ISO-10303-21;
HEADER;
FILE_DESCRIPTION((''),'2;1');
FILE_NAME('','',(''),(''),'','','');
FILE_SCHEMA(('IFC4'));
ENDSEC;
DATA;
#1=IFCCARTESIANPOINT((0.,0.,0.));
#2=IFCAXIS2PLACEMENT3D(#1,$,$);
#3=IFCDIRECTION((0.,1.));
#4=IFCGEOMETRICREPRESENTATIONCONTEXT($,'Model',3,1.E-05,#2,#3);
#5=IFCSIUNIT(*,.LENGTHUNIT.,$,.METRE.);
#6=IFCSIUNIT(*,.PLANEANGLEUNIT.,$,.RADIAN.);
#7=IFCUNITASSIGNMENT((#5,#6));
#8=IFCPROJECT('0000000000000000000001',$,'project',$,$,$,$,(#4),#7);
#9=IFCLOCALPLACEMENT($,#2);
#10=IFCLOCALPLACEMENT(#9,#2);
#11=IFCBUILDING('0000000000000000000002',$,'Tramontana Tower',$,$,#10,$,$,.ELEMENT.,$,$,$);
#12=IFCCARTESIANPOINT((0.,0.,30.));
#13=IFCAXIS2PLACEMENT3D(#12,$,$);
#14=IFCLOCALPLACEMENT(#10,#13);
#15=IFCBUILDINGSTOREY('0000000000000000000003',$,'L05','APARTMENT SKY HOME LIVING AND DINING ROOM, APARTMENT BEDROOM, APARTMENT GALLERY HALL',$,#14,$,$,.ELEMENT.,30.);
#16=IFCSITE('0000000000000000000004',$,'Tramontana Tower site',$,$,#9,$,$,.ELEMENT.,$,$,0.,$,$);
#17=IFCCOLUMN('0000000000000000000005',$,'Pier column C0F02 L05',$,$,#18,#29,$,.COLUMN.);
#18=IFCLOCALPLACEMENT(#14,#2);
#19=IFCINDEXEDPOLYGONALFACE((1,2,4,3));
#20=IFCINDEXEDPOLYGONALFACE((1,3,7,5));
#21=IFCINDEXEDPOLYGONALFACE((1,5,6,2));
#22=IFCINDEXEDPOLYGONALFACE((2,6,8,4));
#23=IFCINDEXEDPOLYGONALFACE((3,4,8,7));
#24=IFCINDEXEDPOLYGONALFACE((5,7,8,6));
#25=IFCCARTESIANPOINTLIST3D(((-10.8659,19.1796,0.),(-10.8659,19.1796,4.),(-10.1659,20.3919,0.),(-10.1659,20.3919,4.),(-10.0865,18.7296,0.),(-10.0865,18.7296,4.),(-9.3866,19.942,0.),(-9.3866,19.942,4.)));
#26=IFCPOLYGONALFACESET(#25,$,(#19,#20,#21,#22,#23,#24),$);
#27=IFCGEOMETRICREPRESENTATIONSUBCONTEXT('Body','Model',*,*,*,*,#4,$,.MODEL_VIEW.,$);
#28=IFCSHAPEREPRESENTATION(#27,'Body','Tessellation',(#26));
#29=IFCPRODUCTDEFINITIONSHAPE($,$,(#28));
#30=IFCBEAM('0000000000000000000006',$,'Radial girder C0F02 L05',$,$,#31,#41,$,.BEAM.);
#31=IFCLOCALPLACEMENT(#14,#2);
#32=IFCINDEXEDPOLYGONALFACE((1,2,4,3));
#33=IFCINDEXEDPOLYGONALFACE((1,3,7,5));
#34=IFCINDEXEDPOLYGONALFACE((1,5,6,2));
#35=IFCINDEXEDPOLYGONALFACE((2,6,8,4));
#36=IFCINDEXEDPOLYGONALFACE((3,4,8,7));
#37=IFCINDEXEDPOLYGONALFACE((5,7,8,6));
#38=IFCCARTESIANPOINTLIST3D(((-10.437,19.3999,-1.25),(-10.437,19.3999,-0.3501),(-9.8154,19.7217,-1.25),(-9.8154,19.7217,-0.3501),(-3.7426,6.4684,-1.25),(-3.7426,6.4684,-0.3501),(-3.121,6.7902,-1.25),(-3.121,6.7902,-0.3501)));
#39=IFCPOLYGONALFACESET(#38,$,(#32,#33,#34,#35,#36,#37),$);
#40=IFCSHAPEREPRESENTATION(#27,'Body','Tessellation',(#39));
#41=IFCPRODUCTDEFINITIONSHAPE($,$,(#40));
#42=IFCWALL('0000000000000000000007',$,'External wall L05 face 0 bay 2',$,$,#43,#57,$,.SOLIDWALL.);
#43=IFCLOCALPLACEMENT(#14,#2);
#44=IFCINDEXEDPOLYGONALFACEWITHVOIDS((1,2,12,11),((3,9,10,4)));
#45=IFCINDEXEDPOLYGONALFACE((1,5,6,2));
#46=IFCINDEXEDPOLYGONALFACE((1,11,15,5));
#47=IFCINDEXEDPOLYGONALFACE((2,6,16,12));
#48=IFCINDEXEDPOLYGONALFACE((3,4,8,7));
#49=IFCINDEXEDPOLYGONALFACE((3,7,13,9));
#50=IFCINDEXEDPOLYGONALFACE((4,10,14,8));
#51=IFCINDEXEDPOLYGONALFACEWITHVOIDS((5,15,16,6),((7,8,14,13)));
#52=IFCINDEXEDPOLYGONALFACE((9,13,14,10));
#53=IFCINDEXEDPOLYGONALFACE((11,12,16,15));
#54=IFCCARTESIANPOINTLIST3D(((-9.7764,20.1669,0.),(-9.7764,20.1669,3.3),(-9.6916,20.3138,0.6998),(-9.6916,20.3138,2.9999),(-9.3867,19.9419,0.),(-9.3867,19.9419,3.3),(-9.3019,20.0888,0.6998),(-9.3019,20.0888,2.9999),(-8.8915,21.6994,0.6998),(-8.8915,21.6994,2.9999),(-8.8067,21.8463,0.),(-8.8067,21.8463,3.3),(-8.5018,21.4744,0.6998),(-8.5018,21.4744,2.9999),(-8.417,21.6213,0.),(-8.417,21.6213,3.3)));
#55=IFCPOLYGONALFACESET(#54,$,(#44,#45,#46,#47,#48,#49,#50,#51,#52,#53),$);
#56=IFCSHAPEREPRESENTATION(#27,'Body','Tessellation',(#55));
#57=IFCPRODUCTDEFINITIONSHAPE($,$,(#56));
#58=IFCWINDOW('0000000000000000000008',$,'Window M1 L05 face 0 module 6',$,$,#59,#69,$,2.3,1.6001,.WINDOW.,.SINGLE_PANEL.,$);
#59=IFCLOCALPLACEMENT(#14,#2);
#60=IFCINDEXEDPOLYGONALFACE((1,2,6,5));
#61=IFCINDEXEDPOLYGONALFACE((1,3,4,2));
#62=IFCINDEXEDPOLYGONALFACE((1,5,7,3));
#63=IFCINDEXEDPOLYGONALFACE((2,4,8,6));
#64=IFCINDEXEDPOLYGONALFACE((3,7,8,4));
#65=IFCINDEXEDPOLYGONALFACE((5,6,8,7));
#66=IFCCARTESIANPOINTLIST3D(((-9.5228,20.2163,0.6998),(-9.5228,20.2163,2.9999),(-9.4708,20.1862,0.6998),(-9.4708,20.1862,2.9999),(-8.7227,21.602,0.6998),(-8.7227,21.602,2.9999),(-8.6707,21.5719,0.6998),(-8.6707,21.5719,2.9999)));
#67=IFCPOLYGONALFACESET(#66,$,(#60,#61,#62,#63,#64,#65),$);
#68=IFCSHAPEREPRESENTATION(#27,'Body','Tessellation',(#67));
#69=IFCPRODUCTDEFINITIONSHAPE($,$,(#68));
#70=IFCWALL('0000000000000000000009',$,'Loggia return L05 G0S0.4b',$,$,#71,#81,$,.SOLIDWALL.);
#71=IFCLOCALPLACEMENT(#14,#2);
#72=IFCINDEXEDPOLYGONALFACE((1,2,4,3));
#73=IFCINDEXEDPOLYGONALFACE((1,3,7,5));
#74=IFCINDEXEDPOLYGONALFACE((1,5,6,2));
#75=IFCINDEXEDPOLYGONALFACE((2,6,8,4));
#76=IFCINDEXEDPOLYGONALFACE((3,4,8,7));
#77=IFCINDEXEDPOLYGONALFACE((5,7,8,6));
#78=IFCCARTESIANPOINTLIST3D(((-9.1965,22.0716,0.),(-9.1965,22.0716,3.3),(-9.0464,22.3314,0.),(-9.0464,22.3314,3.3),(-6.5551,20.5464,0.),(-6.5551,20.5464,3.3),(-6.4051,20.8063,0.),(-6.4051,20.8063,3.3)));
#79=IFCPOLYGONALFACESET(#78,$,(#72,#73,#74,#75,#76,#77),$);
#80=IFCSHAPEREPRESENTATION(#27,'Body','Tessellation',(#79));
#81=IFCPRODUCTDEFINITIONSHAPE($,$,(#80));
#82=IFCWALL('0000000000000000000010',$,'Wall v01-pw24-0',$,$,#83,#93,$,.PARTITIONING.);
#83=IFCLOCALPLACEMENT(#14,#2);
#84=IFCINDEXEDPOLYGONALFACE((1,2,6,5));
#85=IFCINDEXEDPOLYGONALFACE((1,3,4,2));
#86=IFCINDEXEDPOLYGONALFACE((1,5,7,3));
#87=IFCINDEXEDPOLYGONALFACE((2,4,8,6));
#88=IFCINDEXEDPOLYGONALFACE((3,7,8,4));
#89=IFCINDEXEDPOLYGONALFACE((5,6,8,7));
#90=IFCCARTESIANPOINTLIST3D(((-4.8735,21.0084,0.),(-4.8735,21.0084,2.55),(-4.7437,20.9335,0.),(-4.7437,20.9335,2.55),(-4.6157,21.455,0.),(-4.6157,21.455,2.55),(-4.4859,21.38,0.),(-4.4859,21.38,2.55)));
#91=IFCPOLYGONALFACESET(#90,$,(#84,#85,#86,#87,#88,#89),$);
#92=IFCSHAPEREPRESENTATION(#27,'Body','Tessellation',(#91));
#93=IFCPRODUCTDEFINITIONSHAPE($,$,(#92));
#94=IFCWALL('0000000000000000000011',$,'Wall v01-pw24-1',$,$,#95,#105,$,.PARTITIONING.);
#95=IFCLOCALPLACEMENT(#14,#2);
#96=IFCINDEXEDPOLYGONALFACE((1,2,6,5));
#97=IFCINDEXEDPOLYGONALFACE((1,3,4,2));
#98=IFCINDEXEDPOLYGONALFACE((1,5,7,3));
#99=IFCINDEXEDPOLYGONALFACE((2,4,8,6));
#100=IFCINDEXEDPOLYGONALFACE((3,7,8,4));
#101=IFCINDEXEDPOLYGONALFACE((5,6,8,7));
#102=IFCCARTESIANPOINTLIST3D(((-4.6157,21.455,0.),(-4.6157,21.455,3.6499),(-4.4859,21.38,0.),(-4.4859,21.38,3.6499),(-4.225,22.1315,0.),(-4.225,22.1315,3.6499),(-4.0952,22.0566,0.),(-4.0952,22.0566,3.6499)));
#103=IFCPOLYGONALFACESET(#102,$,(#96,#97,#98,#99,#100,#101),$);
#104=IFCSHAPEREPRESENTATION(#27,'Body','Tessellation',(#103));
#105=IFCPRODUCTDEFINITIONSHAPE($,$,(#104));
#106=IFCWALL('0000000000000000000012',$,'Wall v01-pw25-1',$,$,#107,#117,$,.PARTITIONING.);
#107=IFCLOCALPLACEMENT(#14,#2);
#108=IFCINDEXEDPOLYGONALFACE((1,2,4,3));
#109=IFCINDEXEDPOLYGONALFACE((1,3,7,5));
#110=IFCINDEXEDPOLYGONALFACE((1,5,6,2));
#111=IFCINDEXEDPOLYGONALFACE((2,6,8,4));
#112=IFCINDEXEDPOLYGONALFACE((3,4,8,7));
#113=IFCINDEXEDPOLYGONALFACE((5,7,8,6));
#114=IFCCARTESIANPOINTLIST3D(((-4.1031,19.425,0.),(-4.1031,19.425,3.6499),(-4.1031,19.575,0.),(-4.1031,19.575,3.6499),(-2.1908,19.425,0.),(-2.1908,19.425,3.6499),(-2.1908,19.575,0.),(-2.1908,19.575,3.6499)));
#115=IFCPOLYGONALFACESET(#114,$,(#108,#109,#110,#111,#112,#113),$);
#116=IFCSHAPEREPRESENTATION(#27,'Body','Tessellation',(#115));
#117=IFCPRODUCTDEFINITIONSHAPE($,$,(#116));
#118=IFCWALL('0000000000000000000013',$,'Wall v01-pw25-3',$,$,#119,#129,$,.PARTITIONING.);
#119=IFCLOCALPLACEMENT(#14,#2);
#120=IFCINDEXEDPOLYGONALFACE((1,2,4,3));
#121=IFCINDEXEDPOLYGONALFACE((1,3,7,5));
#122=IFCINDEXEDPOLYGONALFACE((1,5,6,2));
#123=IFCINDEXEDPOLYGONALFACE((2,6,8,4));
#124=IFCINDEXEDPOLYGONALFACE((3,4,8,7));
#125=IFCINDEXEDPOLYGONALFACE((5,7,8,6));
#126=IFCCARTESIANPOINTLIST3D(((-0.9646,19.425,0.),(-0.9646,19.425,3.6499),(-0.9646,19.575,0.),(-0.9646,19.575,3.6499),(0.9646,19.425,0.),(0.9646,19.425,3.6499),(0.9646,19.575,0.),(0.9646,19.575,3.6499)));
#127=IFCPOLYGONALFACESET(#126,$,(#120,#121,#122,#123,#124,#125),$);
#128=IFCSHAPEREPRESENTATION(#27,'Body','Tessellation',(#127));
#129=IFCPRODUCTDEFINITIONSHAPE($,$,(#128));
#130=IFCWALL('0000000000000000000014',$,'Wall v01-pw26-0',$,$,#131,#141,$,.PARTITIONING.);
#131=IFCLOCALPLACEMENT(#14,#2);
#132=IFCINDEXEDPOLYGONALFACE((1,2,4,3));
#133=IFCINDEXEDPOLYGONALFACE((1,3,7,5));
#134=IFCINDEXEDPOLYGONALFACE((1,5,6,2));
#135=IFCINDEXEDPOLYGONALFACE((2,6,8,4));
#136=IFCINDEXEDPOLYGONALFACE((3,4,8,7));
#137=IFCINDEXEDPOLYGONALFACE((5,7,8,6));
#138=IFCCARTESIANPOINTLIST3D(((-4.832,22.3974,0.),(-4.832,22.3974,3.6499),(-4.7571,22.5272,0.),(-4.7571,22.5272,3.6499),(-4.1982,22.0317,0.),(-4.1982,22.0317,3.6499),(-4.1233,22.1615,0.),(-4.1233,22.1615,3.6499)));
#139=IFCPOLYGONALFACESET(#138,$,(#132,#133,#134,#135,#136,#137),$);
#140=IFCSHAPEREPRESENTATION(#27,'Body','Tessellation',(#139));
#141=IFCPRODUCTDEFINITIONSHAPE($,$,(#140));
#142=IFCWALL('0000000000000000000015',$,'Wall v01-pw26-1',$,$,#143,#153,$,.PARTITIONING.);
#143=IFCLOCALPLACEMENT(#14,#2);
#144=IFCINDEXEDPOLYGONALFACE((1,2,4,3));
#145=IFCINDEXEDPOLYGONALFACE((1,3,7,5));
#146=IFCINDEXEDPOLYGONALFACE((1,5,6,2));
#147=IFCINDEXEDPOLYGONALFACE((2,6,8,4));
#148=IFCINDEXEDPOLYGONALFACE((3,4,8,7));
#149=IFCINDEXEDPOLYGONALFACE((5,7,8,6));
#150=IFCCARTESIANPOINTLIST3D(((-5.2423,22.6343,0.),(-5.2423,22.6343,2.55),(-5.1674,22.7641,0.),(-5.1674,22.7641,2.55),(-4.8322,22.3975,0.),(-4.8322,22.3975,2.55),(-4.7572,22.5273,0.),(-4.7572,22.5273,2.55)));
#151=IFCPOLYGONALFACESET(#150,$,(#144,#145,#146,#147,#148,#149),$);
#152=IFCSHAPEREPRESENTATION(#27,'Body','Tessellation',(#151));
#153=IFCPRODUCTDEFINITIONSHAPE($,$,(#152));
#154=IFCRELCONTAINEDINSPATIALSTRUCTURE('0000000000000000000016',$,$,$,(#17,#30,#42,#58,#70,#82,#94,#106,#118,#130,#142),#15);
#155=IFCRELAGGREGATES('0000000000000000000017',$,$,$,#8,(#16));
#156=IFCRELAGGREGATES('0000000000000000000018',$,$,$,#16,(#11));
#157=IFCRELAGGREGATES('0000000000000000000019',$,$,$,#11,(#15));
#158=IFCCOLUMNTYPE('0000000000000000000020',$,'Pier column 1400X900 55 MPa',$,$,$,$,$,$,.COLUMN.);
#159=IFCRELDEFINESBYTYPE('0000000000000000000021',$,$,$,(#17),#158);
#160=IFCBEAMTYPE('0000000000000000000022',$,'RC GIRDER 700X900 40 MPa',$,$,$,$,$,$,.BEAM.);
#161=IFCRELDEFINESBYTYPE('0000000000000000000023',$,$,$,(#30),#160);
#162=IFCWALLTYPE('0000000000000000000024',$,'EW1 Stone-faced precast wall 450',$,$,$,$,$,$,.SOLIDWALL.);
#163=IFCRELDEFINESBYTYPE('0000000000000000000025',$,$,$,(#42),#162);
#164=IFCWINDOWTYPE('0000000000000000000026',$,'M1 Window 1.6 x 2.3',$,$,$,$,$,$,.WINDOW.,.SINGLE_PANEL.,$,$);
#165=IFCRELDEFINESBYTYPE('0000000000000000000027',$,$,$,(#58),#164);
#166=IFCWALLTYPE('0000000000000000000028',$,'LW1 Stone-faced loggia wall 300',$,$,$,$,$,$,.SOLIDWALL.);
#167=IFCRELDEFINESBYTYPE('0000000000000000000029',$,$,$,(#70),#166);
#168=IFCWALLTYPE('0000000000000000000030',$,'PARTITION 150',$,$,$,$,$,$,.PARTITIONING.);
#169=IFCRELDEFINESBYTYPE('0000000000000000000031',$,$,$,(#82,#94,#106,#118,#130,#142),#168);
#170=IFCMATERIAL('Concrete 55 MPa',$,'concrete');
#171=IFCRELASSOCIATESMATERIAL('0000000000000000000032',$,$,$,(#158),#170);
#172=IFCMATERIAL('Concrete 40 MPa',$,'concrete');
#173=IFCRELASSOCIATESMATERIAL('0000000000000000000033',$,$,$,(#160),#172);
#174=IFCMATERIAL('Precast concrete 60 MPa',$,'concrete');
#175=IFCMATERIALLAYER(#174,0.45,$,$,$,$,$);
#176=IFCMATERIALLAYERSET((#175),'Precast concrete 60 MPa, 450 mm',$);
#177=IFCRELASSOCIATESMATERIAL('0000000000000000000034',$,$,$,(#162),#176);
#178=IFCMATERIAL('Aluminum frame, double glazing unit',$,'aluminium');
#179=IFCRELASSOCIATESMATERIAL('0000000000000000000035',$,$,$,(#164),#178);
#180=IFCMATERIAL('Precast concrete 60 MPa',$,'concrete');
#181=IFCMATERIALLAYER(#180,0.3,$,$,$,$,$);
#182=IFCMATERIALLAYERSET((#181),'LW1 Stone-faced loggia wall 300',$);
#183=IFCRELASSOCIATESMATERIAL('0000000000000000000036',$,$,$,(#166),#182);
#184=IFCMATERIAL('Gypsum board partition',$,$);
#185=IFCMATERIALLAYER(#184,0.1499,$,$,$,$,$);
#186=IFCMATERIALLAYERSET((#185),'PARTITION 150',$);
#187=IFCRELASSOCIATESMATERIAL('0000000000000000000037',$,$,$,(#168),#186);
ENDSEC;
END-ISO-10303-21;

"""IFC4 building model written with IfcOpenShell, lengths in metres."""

from ifc_helpers import new_model, si_unit, direction, frame, frame_2d, origin, origin_2d, place, context, subcontext, project, spatial, rectangle, extrude, material, layer, layer_set, material_profile, profile_set, type_object, element, fill, save


model = new_model("IFC4")

# Units and contexts
model_context = context("Model", 3, precision=1e-05, world=origin(), true_north=direction((0.0, 1.0)))
body_context = subcontext(model_context, "Body", "Model", "MODEL_VIEW")
ifc_project = project(units=[si_unit("LENGTHUNIT", "METRE"), si_unit("PLANEANGLEUNIT", "RADIAN")], contexts=[model_context])

# Site, building, storey
site_placement = place(None, origin())
site = spatial("IfcSite", under=ifc_project, at=site_placement, Name="Tramontana Tower site", CompositionType="ELEMENT", RefElevation=0.0)
building_placement = place(site_placement, origin())
building = spatial("IfcBuilding", under=site, at=building_placement, Name="Tramontana Tower", CompositionType="ELEMENT")
storey_placement = place(building_placement, frame((0.0, 0.0, 30.0)))
storey = spatial("IfcBuildingStorey", under=building, at=storey_placement, Name="L05", Description="APARTMENT SKY HOME LIVING AND DINING ROOM, APARTMENT BEDROOM, APARTMENT GALLERY HALL", CompositionType="ELEMENT", Elevation=30.0)

# Column
ifc_material_1 = material(Name="Concrete 55 MPa", Category="concrete")
ifc_material_profile_1 = material_profile(ifc_material_1, rectangle(XDim=1.3999, YDim=0.8999, at=origin_2d()), Name="Pier column 1400X900 55 MPa")
ifc_profile_set_1 = profile_set([ifc_material_profile_1], Name="Concrete 55 MPa")
column_type = type_object("IfcColumnType", Name="Pier column 1400X900 55 MPa", PredefinedType="COLUMN", material=ifc_profile_set_1)
column_placement = place(storey_placement, frame((-10.1262, 19.5608, 0.0), z_axis=(0.0, 0.0, 1.0), x_axis=(-0.5, -0.866025, 0.0)))
element("IfcColumn", 1, at=column_placement, inside=storey, type_object=column_type, Name="Pier column C0F02 L05", PredefinedType="COLUMN", context=body_context, shape_type="SweptSolid", body=[
    extrude(rectangle(XDim=1.3999, YDim=0.8999, at=origin_2d()), origin(), (0.0, 0.0, 1.0), 4.0),
])

# Beam
ifc_material_2 = material(Name="Concrete 40 MPa", Category="concrete")
ifc_material_profile_2 = material_profile(ifc_material_2, rectangle(XDim=0.7, YDim=0.8999, at=origin_2d()), Name="RC GIRDER 700X900 40 MPa")
ifc_profile_set_2 = profile_set([ifc_material_profile_2], Name="Concrete 40 MPa")
beam_type = type_object("IfcBeamType", Name="RC GIRDER 700X900 40 MPa", PredefinedType="BEAM", material=ifc_profile_set_2)
beam_placement = place(storey_placement, frame((-10.1262, 19.5608, -0.8), z_axis=(0.459731, -0.888058, 0.0), x_axis=(0.888058, 0.459731, 0.0)))
element("IfcBeam", 2, at=beam_placement, inside=storey, type_object=beam_type, Name="Radial girder C0F02 L05", PredefinedType="BEAM", context=body_context, shape_type="SweptSolid", body=[
    extrude(rectangle(XDim=0.7, YDim=0.8999, at=origin_2d()), origin(), (0.0, 0.0, 1.0), 14.5615),
])

# Wall, opening, window
ifc_material_3 = material(Name="Precast concrete 60 MPa", Category="concrete")
ifc_layer_1 = layer(ifc_material_3, 0.45)
ifc_layer_set_1 = layer_set([ifc_layer_1], Name="Precast concrete 60 MPa, 450 mm")
wall_type_1 = type_object("IfcWallType", Name="EW1 Stone-faced precast wall 450", PredefinedType="SOLIDWALL", material=ifc_layer_set_1)
wall_1_placement = place(storey_placement, frame((-8.6118, 21.7339, 0.0), z_axis=(0.0, 0.0, 1.0), x_axis=(-0.500038, -0.866003, 0.0)))
wall_1 = element("IfcWall", 3, at=wall_1_placement, inside=storey, type_object=wall_type_1, Name="External wall L05 face 0 bay 2", PredefinedType="SOLIDWALL", context=body_context, shape_type="SweptSolid", body=[
    extrude(rectangle(XDim=1.9392, YDim=0.45, at=frame_2d((0.9697, 0.0))), origin(), (0.0, 0.0, 1.0), 3.3),
])
opening_1_placement = place(wall_1_placement, frame((0.1697, 0.0, 0.7)))
opening_1 = element("IfcOpeningElement", 4, at=opening_1_placement, cuts=wall_1, PredefinedType="OPENING", context=body_context, shape_type="SweptSolid", body=[
    extrude(rectangle(XDim=1.6001, YDim=2.3, at=frame_2d((0.8, 1.1499))), frame((0.0, 0.2349, 0.0), z_axis=(0.0, -1.0, 0.0), x_axis=(1.0, 0.0, 0.0)), (0.0, 0.0, 1.0), 0.47),
])
ifc_material_4 = material(Name="Aluminum frame, double glazing unit", Category="aluminium")
window_type = type_object("IfcWindowType", Name="M1 Window 1.6 x 2.3", PartitioningType="SINGLE_PANEL", PredefinedType="WINDOW", material=ifc_material_4)
window_placement = place(opening_1_placement, origin())
window = element("IfcWindow", 5, at=window_placement, inside=storey, type_object=window_type, Name="Window M1 L05 face 0 module 6", OverallHeight=2.3, OverallWidth=1.6001, PartitioningType="SINGLE_PANEL", PredefinedType="WINDOW", context=body_context, shape_type="SweptSolid", body=[
    extrude(rectangle(XDim=1.6001, YDim=2.3, at=frame_2d((0.8, 1.1499))), frame((0.0, 0.03, 0.0), z_axis=(0.0, -1.0, 0.0), x_axis=(1.0, 0.0, 0.0)), (0.0, 0.0, 1.0), 0.0601),
])
fill(opening_1, window)

# Shared definitions
ifc_material_5 = material(Name="Precast concrete 60 MPa", Category="concrete")
ifc_layer_2 = layer(ifc_material_5, 0.3)
ifc_layer_set_2 = layer_set([ifc_layer_2], Name="LW1 Stone-faced loggia wall 300")
wall_type_2 = type_object("IfcWallType", Name="LW1 Stone-faced loggia wall 300", PredefinedType="SOLIDWALL", material=ifc_layer_set_2)

# Walls
wall_2_placement = place(storey_placement, frame((-9.1213, 22.2014, 0.0), z_axis=(0.0, 0.0, 1.0), x_axis=(0.866003, -0.500039, 0.0)))
element("IfcWall", 6, at=wall_2_placement, inside=storey, type_object=wall_type_2, Name="Loggia return L05 G0S0.4b", PredefinedType="SOLIDWALL", context=body_context, shape_type="SweptSolid", body=[
    extrude(rectangle(XDim=3.05, YDim=0.3, at=frame_2d((1.5249, 0.0))), origin(), (0.0, 0.0, 1.0), 3.3),
])
ifc_material_6 = material(Name="Gypsum board partition")
ifc_layer_3 = layer(ifc_material_6, 0.1499)
ifc_layer_set_3 = layer_set([ifc_layer_3], Name="PARTITION 150")
wall_type_3 = type_object("IfcWallType", Name="PARTITION 150", PredefinedType="PARTITIONING", material=ifc_layer_set_3)
wall_3_placement = place(storey_placement, frame((-4.8086, 20.9709, 0.0), z_axis=(0.0, 0.0, 1.0), x_axis=(0.500009, 0.86602, 0.0)))
element("IfcWall", 7, at=wall_3_placement, inside=storey, type_object=wall_type_3, Name="Wall v01-pw24-0", PredefinedType="PARTITIONING", context=body_context, shape_type="SweptSolid", body=[
    extrude(rectangle(XDim=0.5156, YDim=0.1499, at=frame_2d((0.2578, 0.0))), origin(), (0.0, 0.0, 1.0), 2.55),
])
wall_4_placement = place(storey_placement, frame((-4.5508, 21.4175, 0.0), z_axis=(0.0, 0.0, 1.0), x_axis=(0.500038, 0.866003, 0.0)))
element("IfcWall", 8, at=wall_4_placement, inside=storey, type_object=wall_type_3, Name="Wall v01-pw24-1", PredefinedType="PARTITIONING", context=body_context, shape_type="SweptSolid", body=[
    extrude(rectangle(XDim=0.7812, YDim=0.1499, at=frame_2d((0.3906, 0.0))), origin(), (0.0, 0.0, 1.0), 3.6499),
])
wall_5_placement = place(storey_placement, frame((-4.103, 19.5, 0.0), z_axis=(0.0, 0.0, 1.0), x_axis=(1.0, 0.0, 0.0)))
element("IfcWall", 9, at=wall_5_placement, inside=storey, type_object=wall_type_3, Name="Wall v01-pw25-1", PredefinedType="PARTITIONING", context=body_context, shape_type="SweptSolid", body=[
    extrude(rectangle(XDim=1.9124, YDim=0.1499, at=frame_2d((0.9561, 0.0))), origin(), (0.0, 0.0, 1.0), 3.6499),
])

# Walls
wall_6_placement = place(storey_placement, frame((-0.9646, 19.5, 0.0), z_axis=(0.0, 0.0, 1.0), x_axis=(1.0, 0.0, 0.0)))
element("IfcWall", 10, at=wall_6_placement, inside=storey, type_object=wall_type_3, Name="Wall v01-pw25-3", PredefinedType="PARTITIONING", context=body_context, shape_type="SweptSolid", body=[
    extrude(rectangle(XDim=1.9292, YDim=0.1499, at=frame_2d((0.9646, 0.0))), origin(), (0.0, 0.0, 1.0), 3.6499),
])
wall_7_placement = place(storey_placement, frame((-4.1609, 22.0967, 0.0), z_axis=(0.0, 0.0, 1.0), x_axis=(-0.866141, 0.499799, 0.0)))
element("IfcWall", 11, at=wall_7_placement, inside=storey, type_object=wall_type_3, Name="Wall v01-pw26-0", PredefinedType="PARTITIONING", context=body_context, shape_type="SweptSolid", body=[
    extrude(rectangle(XDim=0.7317, YDim=0.1499, at=frame_2d((0.3657, 0.0))), origin(), (0.0, 0.0, 1.0), 3.6499),
])
wall_8_placement = place(storey_placement, frame((-4.7947, 22.4624, 0.0), z_axis=(0.0, 0.0, 1.0), x_axis=(-0.866014, 0.50002, 0.0)))
element("IfcWall", 12, at=wall_8_placement, inside=storey, type_object=wall_type_3, Name="Wall v01-pw26-1", PredefinedType="PARTITIONING", context=body_context, shape_type="SweptSolid", body=[
    extrude(rectangle(XDim=0.4736, YDim=0.1499, at=frame_2d((0.2368, 0.0))), origin(), (0.0, 0.0, 1.0), 2.55),
])

save(model, "model.ifc")
